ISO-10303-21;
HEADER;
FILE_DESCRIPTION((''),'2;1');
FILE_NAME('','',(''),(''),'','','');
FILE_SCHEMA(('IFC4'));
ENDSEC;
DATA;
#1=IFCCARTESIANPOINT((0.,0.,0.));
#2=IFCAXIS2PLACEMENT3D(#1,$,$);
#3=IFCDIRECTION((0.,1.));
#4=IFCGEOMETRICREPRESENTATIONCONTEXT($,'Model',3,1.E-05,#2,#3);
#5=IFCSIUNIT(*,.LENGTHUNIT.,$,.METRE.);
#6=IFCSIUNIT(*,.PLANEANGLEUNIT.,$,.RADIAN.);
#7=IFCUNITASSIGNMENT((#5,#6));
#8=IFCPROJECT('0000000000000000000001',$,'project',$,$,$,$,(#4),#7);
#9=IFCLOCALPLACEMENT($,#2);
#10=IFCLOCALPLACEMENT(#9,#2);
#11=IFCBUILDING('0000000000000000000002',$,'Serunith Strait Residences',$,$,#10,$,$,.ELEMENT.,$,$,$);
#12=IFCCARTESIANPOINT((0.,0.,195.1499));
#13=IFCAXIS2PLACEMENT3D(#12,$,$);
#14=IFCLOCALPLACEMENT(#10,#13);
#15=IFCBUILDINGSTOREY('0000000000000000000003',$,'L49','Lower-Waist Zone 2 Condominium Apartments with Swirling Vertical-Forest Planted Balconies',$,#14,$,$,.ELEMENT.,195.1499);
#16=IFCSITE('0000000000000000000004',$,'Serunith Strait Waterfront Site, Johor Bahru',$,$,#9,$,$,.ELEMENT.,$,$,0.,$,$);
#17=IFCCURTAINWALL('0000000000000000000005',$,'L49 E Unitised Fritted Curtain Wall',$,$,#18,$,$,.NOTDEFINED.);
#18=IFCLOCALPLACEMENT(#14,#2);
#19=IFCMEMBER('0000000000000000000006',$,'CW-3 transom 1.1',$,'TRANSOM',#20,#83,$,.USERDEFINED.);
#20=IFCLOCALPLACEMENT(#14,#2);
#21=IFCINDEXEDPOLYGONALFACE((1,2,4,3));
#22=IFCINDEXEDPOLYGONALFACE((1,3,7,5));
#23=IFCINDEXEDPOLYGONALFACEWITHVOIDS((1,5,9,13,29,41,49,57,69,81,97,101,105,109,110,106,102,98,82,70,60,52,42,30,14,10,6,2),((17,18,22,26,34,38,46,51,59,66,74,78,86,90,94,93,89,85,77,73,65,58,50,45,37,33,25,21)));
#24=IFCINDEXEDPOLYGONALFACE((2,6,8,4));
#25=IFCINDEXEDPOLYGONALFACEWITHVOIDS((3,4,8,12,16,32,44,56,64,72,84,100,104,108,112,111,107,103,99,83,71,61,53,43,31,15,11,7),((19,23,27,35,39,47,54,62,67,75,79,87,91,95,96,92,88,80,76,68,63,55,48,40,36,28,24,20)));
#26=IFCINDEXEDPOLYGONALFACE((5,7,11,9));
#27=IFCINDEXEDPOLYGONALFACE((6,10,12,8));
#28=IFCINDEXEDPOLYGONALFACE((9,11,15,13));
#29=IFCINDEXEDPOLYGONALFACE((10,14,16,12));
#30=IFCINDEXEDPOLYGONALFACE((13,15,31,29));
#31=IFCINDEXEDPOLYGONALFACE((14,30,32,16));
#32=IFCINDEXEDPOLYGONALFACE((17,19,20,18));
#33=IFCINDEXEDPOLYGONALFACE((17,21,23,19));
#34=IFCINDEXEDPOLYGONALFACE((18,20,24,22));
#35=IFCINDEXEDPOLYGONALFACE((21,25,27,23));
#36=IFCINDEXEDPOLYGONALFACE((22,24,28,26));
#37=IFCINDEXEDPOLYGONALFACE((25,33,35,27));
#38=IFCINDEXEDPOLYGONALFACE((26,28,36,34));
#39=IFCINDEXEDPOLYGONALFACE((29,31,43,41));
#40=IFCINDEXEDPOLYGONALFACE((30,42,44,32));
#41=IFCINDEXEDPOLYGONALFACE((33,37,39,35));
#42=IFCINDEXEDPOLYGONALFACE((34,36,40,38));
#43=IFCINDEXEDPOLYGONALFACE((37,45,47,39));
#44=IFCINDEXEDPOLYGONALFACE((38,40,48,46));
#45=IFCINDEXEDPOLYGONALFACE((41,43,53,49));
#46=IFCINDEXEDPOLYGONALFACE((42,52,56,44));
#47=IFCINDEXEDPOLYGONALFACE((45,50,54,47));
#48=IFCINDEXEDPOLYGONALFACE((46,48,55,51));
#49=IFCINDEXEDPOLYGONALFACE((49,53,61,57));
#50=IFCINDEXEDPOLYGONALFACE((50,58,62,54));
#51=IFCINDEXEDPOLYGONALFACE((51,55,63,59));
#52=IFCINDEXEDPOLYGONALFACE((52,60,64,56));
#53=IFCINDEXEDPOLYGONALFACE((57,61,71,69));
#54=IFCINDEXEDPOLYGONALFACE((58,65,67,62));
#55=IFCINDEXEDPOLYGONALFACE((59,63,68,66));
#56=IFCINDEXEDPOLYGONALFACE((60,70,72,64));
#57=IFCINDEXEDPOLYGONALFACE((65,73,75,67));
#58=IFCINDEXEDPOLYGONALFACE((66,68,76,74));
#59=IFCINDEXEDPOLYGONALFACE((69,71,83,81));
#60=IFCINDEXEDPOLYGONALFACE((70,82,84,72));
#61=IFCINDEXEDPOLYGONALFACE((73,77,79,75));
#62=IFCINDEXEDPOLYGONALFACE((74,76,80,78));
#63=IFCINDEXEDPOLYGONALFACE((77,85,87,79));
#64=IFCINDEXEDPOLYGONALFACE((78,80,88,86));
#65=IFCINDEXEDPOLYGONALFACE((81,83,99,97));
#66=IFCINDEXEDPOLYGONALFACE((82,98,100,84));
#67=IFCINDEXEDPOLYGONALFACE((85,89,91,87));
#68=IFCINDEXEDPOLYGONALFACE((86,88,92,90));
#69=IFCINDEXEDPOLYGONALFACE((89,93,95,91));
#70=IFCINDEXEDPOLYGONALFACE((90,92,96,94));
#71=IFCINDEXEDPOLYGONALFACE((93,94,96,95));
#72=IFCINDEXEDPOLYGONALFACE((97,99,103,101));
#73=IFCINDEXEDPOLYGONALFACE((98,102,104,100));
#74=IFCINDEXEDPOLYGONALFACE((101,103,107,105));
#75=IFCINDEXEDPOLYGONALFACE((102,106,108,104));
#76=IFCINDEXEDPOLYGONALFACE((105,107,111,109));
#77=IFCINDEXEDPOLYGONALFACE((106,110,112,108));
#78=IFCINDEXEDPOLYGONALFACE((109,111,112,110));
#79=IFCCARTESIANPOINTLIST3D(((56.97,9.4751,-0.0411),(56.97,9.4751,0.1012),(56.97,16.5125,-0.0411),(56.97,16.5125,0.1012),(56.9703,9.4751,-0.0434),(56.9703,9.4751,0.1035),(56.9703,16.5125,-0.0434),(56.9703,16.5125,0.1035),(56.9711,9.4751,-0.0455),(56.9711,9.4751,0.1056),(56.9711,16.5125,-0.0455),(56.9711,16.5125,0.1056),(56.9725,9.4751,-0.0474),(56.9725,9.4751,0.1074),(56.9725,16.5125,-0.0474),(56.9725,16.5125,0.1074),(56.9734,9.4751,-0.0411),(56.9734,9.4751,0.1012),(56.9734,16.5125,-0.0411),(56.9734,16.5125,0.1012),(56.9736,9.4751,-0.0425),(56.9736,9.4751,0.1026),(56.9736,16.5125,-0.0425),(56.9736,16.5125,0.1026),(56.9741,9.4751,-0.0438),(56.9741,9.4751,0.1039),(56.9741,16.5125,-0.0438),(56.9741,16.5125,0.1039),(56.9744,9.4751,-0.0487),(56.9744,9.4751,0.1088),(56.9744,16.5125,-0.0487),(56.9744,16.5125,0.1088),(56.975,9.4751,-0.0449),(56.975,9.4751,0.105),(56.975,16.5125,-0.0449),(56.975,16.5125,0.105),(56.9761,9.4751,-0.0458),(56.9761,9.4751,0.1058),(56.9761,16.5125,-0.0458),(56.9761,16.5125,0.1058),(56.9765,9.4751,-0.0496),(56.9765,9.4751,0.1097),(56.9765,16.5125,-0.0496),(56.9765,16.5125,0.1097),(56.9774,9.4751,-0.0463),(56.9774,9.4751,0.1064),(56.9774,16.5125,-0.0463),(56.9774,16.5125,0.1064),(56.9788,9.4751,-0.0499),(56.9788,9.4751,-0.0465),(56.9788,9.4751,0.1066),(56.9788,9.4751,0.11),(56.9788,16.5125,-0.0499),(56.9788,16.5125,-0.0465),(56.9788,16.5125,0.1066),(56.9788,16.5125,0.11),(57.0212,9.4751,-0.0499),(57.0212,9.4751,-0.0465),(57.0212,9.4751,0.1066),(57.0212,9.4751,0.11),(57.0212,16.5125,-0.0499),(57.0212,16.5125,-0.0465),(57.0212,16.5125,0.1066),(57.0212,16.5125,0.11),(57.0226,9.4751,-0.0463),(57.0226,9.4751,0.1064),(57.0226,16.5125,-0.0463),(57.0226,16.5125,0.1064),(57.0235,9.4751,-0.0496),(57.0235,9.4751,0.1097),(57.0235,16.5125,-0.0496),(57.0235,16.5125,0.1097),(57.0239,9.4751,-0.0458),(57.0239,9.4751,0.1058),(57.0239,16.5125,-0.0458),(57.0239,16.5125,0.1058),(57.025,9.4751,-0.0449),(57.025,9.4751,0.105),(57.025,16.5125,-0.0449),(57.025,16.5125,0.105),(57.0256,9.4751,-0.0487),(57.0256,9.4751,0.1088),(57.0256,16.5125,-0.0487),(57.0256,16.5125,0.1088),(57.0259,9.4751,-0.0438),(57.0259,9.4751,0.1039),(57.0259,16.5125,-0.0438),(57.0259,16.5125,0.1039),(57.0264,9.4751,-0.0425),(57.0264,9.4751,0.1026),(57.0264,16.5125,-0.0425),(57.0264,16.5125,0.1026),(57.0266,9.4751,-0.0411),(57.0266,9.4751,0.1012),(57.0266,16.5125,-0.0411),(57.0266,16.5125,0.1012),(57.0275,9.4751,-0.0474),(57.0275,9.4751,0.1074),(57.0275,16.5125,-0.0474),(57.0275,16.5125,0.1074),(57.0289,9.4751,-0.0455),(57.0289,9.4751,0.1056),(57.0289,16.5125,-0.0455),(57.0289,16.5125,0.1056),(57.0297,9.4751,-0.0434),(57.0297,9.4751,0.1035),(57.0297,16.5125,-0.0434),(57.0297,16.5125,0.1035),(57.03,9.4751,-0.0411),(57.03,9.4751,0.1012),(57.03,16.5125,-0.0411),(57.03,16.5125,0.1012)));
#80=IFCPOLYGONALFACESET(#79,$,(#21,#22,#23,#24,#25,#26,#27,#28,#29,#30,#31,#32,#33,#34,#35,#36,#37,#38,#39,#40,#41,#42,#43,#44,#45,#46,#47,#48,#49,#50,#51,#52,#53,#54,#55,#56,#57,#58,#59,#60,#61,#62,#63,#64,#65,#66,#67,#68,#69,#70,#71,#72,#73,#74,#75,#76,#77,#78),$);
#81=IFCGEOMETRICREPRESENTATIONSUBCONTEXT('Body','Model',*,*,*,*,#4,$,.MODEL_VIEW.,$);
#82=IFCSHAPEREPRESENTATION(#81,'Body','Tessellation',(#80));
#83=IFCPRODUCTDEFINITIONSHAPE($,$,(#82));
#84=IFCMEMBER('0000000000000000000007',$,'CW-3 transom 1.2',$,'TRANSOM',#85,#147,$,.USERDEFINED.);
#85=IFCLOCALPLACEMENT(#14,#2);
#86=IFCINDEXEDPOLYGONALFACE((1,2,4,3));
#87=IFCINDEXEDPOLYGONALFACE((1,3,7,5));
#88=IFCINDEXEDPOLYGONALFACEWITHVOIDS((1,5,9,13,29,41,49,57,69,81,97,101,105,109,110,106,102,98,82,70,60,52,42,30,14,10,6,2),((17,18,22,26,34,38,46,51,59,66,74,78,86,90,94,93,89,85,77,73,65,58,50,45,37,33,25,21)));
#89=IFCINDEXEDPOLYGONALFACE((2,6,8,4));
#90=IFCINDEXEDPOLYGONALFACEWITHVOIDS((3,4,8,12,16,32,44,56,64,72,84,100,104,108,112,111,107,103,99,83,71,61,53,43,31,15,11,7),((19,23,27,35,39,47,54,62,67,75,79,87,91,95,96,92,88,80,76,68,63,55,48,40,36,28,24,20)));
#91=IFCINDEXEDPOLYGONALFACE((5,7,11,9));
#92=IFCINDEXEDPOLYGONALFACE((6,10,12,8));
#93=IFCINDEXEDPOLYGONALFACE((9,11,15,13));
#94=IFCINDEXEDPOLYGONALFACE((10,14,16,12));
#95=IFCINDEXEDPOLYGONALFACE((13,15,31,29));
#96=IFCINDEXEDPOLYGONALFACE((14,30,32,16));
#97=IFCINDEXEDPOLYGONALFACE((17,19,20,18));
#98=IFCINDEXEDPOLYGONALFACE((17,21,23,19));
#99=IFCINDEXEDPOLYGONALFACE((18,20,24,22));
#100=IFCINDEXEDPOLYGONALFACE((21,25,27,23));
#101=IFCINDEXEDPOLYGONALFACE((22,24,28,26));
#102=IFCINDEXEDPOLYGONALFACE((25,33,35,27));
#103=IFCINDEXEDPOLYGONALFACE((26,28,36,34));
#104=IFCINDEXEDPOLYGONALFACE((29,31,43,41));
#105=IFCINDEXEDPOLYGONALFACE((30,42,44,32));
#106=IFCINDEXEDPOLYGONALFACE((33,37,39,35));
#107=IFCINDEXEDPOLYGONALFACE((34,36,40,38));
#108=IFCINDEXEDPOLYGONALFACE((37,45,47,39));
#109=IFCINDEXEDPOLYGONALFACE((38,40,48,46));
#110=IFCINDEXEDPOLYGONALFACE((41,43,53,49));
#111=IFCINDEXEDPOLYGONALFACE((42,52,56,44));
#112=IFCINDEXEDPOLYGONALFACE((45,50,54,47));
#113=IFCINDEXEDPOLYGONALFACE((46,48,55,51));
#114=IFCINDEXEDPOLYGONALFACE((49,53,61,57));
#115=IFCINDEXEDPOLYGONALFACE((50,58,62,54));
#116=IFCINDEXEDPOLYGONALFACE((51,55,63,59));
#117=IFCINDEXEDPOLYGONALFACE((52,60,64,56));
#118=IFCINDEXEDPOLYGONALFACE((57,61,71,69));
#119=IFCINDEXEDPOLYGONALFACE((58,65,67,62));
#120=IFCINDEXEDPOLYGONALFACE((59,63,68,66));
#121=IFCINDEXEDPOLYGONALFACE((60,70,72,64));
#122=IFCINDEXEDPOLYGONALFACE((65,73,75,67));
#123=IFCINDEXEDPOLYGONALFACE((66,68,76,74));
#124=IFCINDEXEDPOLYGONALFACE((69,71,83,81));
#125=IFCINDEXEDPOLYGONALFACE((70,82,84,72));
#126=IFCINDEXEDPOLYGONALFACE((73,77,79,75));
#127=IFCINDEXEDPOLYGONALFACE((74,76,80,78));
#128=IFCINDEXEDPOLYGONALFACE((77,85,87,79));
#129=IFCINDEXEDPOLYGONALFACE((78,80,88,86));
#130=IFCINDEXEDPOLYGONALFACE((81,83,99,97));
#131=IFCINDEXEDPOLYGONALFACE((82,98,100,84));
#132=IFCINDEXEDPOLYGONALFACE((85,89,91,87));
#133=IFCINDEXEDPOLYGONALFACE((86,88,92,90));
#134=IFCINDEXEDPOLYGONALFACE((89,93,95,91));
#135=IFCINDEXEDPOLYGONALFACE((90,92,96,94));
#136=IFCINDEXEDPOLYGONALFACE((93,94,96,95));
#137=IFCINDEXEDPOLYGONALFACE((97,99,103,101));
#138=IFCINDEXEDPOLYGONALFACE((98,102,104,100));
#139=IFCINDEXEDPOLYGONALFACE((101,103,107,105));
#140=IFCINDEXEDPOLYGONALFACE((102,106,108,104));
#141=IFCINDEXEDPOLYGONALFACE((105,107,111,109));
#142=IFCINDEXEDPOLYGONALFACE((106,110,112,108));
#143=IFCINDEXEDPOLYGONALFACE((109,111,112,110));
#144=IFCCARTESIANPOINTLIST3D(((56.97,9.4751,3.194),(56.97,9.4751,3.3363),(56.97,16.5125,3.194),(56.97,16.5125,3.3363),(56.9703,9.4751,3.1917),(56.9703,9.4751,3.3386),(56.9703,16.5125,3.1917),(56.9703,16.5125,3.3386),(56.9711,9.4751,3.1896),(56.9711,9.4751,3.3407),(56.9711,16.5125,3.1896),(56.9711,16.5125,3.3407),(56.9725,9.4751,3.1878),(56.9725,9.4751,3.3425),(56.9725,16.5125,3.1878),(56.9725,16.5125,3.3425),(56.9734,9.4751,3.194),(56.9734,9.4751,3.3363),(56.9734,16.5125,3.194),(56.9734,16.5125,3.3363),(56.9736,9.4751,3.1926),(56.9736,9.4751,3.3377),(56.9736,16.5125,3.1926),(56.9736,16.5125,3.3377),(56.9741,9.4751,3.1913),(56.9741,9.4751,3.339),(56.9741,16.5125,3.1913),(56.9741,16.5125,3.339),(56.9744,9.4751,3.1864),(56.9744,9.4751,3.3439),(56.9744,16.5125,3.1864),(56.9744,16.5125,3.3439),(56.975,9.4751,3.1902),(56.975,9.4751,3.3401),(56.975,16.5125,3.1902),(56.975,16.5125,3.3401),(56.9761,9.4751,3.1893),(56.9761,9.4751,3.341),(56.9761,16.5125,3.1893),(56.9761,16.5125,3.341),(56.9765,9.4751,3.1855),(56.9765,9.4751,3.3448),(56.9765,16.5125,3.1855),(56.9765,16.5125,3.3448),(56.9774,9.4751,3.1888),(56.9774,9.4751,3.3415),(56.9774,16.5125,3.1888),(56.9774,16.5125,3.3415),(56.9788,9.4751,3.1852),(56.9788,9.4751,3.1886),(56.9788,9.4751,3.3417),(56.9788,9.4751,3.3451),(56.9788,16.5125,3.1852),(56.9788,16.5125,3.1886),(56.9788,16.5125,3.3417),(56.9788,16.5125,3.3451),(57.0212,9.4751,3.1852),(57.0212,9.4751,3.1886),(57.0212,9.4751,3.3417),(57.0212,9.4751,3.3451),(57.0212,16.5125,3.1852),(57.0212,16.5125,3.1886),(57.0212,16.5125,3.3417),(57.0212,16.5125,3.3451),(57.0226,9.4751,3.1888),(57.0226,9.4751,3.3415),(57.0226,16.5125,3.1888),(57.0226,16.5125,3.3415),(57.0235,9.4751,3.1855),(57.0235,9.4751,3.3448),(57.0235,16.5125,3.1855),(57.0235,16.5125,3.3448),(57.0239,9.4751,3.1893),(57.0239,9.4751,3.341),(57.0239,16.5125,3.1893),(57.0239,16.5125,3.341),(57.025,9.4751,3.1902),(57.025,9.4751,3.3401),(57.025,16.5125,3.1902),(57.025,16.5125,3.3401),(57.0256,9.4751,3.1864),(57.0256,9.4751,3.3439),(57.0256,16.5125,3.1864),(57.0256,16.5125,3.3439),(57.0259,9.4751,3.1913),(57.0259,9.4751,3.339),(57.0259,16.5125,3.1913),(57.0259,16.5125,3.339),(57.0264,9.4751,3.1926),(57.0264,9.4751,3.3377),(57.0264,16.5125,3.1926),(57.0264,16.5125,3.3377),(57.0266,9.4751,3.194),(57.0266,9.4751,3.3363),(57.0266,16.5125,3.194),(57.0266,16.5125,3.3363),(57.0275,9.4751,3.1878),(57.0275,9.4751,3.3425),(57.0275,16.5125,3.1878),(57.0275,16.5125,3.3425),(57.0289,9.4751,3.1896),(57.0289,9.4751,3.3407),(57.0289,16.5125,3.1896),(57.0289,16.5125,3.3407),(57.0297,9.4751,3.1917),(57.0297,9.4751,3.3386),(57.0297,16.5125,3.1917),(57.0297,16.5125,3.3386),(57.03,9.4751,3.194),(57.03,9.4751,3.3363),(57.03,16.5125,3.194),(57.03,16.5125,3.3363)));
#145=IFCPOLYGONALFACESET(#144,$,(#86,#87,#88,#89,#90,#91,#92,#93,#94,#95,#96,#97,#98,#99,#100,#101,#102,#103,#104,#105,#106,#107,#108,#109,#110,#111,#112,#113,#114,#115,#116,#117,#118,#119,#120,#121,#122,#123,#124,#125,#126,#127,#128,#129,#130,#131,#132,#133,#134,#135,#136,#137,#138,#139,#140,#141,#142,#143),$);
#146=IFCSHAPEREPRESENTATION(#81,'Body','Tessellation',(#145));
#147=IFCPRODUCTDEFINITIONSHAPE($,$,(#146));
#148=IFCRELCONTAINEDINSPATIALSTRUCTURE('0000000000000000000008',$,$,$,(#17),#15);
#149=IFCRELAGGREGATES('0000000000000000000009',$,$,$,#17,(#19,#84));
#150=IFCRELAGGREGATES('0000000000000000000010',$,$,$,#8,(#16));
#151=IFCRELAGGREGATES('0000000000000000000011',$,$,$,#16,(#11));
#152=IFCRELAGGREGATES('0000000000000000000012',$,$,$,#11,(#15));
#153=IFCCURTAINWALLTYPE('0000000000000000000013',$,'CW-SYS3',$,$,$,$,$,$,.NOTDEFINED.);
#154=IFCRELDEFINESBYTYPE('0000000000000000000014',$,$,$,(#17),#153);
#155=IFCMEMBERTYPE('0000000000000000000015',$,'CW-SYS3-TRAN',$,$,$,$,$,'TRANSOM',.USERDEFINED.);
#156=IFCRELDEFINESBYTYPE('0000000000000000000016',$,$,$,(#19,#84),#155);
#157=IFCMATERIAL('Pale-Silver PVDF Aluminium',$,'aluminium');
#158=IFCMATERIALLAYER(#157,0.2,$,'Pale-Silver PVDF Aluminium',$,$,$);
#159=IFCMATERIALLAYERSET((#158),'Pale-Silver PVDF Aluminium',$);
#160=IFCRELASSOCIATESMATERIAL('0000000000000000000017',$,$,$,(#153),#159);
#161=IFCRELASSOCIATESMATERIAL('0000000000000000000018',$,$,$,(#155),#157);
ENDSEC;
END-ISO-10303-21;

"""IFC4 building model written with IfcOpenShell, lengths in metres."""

from ifc_helpers import new_model, si_unit, direction, frame, origin, origin_2d, place, context, subcontext, project, spatial, hollow_rectangle, extrude, source, transform, mapped, material, layer, layer_set, material_profile, profile_set, type_object, element, aggregate, save


model = new_model("IFC4")

# Units and contexts
model_context = context("Model", 3, precision=1e-05, world=origin(), true_north=direction((0.0, 1.0)))
body_context = subcontext(model_context, "Body", "Model", "MODEL_VIEW")
ifc_project = project(units=[si_unit("LENGTHUNIT", "METRE"), si_unit("PLANEANGLEUNIT", "RADIAN")], contexts=[model_context])

# Site, building, storey
site_placement = place(None, origin())
site = spatial("IfcSite", under=ifc_project, at=site_placement, Name="Serunith Strait Waterfront Site, Johor Bahru", CompositionType="ELEMENT", RefElevation=0.0)
building_placement = place(site_placement, origin())
building = spatial("IfcBuilding", under=site, at=building_placement, Name="Serunith Strait Residences", CompositionType="ELEMENT")
storey_placement = place(building_placement, frame((0.0, 0.0, 195.1499)))
storey = spatial("IfcBuildingStorey", under=building, at=storey_placement, Name="L49", Description="Lower-Waist Zone 2 Condominium Apartments with Swirling Vertical-Forest Planted Balconies", CompositionType="ELEMENT", Elevation=195.1499)

# Curtain wall, members
ifc_material_1 = material(Name="Pale-Silver PVDF Aluminium", Category="aluminium")
ifc_layer_1 = layer(ifc_material_1, 0.2, Name="Pale-Silver PVDF Aluminium")
ifc_layer_set_1 = layer_set([ifc_layer_1], Name="Pale-Silver PVDF Aluminium")
curtain_wall_type = type_object("IfcCurtainWallType", Name="CW-SYS3", PredefinedType="NOTDEFINED", material=ifc_layer_set_1)
curtain_wall_1_placement = place(storey_placement, origin())
curtain_wall_1 = element("IfcCurtainWall", 1, at=curtain_wall_1_placement, inside=storey, type_object=curtain_wall_type, Name="L49 E Unitised Fritted Curtain Wall", PredefinedType="NOTDEFINED")
ifc_material_profile_1 = material_profile(ifc_material_1, hollow_rectangle(XDim=0.0601, YDim=0.1599, WallThickness=0.0034, InnerFilletRadius=0.0054, OuterFilletRadius=0.0088, at=origin_2d()), Name="ALU 160x60x3.5")
ifc_profile_set_1 = profile_set([ifc_material_profile_1], Name="Pale-Silver PVDF Aluminium")
member_type_1 = type_object("IfcMemberType", Name="CW-SYS3-TRAN", ElementType="TRANSOM", PredefinedType="USERDEFINED", material=ifc_profile_set_1)
shared_shape_1 = source(origin(), body_context, "Body", "SweptSolid", [
    extrude(hollow_rectangle(XDim=0.0601, YDim=0.1599, WallThickness=0.0034, InnerFilletRadius=0.0054, OuterFilletRadius=0.0088, at=origin_2d()), origin(), (0.0, 0.0, 1.0), 7.0374),
])
member_1_placement = place(storey_placement, frame((57.0, 9.4751, 0.03), z_axis=(0.0, 1.0, 0.0), x_axis=(-1.0, 0.0, 0.0)))
member_1 = element("IfcMember", 2, at=member_1_placement, type_object=member_type_1, Name="CW-3 transom 1.1", ObjectType="TRANSOM", PredefinedType="USERDEFINED", context=body_context, shape_type="MappedRepresentation", body=[
    mapped(shared_shape_1, transform((0.0, 0.0, 0.0), scale=1.0)),
])
member_2_placement = place(storey_placement, frame((57.0, 9.4751, 3.2651), z_axis=(0.0, 1.0, 0.0), x_axis=(-1.0, 0.0, 0.0)))
member_2 = element("IfcMember", 3, at=member_2_placement, type_object=member_type_1, Name="CW-3 transom 1.2", ObjectType="TRANSOM", PredefinedType="USERDEFINED", context=body_context, shape_type="MappedRepresentation", body=[
    mapped(shared_shape_1, transform((0.0, 0.0, 0.0), scale=1.0)),
])

aggregate(curtain_wall_1, [member_1, member_2])

save(model, "model.ifc")
